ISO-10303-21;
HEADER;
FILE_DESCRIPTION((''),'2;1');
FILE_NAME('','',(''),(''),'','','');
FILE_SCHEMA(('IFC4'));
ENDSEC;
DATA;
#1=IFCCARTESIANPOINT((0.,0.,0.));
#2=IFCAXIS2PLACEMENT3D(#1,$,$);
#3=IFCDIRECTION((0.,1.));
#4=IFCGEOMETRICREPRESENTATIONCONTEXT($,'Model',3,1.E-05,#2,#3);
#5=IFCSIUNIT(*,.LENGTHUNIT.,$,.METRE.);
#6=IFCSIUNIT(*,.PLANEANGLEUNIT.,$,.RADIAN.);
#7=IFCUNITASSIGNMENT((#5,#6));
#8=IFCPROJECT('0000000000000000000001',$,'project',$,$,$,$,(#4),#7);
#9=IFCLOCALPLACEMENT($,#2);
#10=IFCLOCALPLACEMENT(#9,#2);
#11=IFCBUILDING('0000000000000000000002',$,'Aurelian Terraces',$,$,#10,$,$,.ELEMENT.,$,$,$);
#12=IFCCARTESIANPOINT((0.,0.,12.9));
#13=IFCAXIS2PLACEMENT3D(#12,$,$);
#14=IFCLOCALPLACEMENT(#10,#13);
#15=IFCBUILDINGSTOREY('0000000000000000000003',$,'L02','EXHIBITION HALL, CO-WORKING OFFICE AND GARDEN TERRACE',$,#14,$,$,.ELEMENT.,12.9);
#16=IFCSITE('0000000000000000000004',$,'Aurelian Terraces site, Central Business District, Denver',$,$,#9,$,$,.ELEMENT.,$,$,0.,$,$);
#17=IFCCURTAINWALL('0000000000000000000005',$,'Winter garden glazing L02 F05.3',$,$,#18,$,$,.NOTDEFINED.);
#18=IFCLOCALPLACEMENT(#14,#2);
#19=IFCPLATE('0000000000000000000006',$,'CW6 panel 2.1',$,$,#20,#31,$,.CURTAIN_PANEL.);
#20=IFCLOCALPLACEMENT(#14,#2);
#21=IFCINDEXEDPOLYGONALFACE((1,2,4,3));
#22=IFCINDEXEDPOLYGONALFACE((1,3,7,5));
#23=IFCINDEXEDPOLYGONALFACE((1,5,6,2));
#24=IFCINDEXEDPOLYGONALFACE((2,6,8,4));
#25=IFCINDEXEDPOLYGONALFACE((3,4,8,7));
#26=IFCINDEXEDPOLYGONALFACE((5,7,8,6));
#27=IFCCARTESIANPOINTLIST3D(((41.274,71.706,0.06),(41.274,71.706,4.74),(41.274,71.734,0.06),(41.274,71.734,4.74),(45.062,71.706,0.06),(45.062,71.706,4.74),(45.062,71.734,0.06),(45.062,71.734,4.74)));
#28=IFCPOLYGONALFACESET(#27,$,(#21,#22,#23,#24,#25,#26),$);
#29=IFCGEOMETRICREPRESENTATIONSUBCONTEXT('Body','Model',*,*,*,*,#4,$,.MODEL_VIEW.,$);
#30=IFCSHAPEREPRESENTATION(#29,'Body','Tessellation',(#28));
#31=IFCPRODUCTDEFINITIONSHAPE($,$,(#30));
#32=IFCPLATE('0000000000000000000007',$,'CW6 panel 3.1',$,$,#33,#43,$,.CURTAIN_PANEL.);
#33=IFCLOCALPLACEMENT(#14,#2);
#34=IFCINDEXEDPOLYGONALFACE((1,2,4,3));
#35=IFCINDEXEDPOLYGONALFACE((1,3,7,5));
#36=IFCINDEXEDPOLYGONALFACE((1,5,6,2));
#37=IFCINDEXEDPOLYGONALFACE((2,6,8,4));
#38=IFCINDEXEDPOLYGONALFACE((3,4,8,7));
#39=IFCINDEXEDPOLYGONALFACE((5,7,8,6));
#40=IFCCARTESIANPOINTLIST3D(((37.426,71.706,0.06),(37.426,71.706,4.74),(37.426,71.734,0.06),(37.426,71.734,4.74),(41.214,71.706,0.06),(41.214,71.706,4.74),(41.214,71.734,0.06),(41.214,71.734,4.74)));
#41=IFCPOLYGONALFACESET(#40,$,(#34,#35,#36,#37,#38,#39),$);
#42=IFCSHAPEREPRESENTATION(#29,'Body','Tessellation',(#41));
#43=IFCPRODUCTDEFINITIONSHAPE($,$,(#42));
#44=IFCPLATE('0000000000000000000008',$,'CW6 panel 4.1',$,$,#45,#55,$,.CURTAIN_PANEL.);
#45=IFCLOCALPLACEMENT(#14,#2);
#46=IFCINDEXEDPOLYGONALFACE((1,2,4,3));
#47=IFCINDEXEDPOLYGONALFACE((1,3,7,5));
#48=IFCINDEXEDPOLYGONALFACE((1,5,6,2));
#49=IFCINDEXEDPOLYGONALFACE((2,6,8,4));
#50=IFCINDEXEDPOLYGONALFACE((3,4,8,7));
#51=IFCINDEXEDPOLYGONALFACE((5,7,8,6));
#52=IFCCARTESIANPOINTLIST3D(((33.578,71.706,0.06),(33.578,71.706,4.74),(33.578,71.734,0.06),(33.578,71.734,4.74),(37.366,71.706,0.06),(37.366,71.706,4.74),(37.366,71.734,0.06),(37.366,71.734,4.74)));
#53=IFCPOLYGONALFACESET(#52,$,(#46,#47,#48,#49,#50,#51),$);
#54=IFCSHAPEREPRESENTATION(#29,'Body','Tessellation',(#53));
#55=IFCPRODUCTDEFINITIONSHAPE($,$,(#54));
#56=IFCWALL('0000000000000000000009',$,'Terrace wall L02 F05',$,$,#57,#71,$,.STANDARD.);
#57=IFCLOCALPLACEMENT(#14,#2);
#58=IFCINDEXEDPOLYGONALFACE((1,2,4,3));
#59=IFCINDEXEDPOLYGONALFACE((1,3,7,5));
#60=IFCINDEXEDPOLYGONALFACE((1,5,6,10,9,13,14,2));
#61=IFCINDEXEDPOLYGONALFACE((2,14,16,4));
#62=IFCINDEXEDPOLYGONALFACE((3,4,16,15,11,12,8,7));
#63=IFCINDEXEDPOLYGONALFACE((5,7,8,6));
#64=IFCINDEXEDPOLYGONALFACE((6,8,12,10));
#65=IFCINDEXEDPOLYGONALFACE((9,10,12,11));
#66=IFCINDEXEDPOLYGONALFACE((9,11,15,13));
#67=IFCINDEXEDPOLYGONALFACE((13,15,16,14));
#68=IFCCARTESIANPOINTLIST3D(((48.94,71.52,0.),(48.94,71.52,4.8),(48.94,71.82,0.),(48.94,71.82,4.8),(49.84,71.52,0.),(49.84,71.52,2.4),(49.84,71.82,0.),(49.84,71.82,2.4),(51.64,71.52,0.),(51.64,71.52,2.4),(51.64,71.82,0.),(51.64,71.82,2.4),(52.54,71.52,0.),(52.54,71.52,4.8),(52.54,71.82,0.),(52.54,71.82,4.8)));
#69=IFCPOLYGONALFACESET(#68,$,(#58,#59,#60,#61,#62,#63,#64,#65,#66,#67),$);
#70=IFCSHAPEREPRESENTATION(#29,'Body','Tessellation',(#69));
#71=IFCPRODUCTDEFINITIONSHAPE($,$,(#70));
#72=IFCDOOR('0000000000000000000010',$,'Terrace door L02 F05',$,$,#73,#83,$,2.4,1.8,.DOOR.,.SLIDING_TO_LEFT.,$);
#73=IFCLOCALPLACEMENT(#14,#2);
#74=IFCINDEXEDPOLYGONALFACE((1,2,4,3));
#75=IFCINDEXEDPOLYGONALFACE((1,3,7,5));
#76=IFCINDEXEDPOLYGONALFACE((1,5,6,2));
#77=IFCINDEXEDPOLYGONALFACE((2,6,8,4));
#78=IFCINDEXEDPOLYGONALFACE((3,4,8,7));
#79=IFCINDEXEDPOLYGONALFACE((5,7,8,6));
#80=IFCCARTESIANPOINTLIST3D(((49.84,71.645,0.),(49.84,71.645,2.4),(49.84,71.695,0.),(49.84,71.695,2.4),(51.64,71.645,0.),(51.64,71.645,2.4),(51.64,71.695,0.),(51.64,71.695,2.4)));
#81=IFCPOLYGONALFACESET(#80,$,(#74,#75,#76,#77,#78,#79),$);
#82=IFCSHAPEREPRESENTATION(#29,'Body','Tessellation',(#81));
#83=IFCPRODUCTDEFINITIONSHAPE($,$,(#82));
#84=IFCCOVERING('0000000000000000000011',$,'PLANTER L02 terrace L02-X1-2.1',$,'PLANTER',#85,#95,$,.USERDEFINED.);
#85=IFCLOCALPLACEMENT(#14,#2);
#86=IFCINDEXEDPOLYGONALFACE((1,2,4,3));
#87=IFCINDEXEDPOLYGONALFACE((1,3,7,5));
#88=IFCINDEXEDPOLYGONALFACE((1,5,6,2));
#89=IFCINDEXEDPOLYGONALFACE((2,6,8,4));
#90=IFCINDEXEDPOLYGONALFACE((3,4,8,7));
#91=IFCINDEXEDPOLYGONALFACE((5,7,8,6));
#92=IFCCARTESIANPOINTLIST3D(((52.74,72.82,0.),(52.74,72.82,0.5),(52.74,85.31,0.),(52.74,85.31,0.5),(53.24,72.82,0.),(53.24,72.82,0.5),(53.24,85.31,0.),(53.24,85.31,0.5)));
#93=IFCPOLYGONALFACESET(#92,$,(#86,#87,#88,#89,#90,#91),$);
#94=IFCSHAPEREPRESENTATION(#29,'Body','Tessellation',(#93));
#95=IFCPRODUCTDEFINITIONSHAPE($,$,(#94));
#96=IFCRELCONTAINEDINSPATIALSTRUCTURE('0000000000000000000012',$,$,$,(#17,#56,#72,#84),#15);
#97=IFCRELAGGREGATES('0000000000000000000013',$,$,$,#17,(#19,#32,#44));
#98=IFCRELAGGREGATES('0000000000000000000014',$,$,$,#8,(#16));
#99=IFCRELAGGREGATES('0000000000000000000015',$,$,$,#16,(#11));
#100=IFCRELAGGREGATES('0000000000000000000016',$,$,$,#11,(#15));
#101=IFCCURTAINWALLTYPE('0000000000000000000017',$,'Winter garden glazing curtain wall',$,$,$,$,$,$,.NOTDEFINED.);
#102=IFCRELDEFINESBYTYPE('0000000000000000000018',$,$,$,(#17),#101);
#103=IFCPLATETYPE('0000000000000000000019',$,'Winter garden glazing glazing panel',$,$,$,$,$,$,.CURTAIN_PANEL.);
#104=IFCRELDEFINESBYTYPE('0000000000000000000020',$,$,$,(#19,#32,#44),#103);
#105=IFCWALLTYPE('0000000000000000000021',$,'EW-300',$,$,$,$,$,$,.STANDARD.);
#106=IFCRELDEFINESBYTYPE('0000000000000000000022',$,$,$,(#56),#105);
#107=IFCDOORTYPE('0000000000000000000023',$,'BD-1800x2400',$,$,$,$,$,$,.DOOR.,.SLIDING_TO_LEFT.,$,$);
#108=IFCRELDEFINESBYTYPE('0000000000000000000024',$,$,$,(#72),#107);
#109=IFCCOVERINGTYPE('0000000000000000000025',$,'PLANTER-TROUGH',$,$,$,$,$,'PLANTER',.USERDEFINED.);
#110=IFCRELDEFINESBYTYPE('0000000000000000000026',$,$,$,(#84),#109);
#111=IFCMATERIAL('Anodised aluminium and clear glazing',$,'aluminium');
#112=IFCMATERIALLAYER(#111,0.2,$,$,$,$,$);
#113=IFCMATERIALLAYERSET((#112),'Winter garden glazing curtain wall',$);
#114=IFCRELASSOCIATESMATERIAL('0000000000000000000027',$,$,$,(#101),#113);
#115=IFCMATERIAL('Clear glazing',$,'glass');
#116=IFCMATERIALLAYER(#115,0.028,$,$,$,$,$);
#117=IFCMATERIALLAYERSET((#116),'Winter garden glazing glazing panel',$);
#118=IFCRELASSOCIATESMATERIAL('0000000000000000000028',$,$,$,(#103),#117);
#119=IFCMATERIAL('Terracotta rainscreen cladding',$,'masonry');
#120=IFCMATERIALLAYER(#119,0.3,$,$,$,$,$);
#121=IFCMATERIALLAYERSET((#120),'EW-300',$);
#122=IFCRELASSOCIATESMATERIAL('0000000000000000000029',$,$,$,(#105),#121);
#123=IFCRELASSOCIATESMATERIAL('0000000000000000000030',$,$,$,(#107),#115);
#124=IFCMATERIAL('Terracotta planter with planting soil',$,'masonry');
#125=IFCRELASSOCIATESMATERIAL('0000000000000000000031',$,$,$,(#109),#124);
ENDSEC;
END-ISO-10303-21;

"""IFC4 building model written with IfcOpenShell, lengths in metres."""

from ifc_helpers import new_model, si_unit, direction, frame, frame_2d, origin, origin_2d, place, context, subcontext, project, spatial, rectangle, extrude, source, transform, mapped, material, layer, layer_set, type_object, element, fill, aggregate, save


model = new_model("IFC4")

# Units and contexts
model_context = context("Model", 3, precision=1e-05, world=origin(), true_north=direction((0.0, 1.0)))
body_context = subcontext(model_context, "Body", "Model", "MODEL_VIEW")
ifc_project = project(units=[si_unit("LENGTHUNIT", "METRE"), si_unit("PLANEANGLEUNIT", "RADIAN")], contexts=[model_context])

# Site, building, storey
site_placement = place(None, origin())
site = spatial("IfcSite", under=ifc_project, at=site_placement, Name="Aurelian Terraces site, Central Business District, Denver", CompositionType="ELEMENT", RefElevation=0.0)
building_placement = place(site_placement, origin())
building = spatial("IfcBuilding", under=site, at=building_placement, Name="Aurelian Terraces", CompositionType="ELEMENT")
storey_placement = place(building_placement, frame((0.0, 0.0, 12.9)))
storey = spatial("IfcBuildingStorey", under=building, at=storey_placement, Name="L02", Description="EXHIBITION HALL, CO-WORKING OFFICE AND GARDEN TERRACE", CompositionType="ELEMENT", Elevation=12.9)

# Curtain wall
ifc_material_1 = material(Name="Anodised aluminium and clear glazing", Category="aluminium")
ifc_layer_1 = layer(ifc_material_1, 0.2)
ifc_layer_set_1 = layer_set([ifc_layer_1], Name="Winter garden glazing curtain wall")
curtain_wall_type = type_object("IfcCurtainWallType", Name="Winter garden glazing curtain wall", PredefinedType="NOTDEFINED", material=ifc_layer_set_1)
curtain_wall_1_placement = place(storey_placement, origin())
curtain_wall_1 = element("IfcCurtainWall", 1, at=curtain_wall_1_placement, inside=storey, type_object=curtain_wall_type, Name="Winter garden glazing L02 F05.3", PredefinedType="NOTDEFINED")

# Plates
ifc_material_2 = material(Name="Clear glazing", Category="glass")
ifc_layer_2 = layer(ifc_material_2, 0.028)
ifc_layer_set_2 = layer_set([ifc_layer_2], Name="Winter garden glazing glazing panel")
plate_type = type_object("IfcPlateType", Name="Winter garden glazing glazing panel", PredefinedType="CURTAIN_PANEL", material=ifc_layer_set_2)
plate_1_placement = place(storey_placement, frame((43.168, 71.72, 0.06), z_axis=(0.0, 0.0, 1.0), x_axis=(-1.0, 0.0, 0.0)))
plate_1 = element("IfcPlate", 2, at=plate_1_placement, type_object=plate_type, Name="CW6 panel 2.1", PredefinedType="CURTAIN_PANEL", context=body_context, shape_type="SweptSolid", body=[
    extrude(rectangle(XDim=3.788, YDim=0.028, at=origin_2d()), origin(), (0.0, 0.0, 1.0), 4.68),
])
shared_shape_1 = source(origin(), body_context, "Body", "SweptSolid", [
    extrude(rectangle(XDim=3.788, YDim=0.028, at=origin_2d()), origin(), (0.0, 0.0, 1.0), 4.68),
])
plate_2_placement = place(storey_placement, frame((39.32, 71.72, 0.06), z_axis=(0.0, 0.0, 1.0), x_axis=(-1.0, 0.0, 0.0)))
plate_2 = element("IfcPlate", 3, at=plate_2_placement, type_object=plate_type, Name="CW6 panel 3.1", PredefinedType="CURTAIN_PANEL", context=body_context, shape_type="MappedRepresentation", body=[
    mapped(shared_shape_1, transform((0.0, 0.0, 0.0), scale=1.0)),
])
plate_3_placement = place(storey_placement, frame((35.472, 71.72, 0.06), z_axis=(0.0, 0.0, 1.0), x_axis=(-1.0, 0.0, 0.0)))
plate_3 = element("IfcPlate", 4, at=plate_3_placement, type_object=plate_type, Name="CW6 panel 4.1", PredefinedType="CURTAIN_PANEL", context=body_context, shape_type="MappedRepresentation", body=[
    mapped(shared_shape_1, transform((0.0, 0.0, 0.0), scale=1.0)),
])
aggregate(curtain_wall_1, [plate_1, plate_2, plate_3])

# Wall, opening, door
ifc_material_3 = material(Name="Terracotta rainscreen cladding", Category="masonry")
ifc_layer_3 = layer(ifc_material_3, 0.3)
ifc_layer_set_3 = layer_set([ifc_layer_3], Name="EW-300")
wall_type = type_object("IfcWallType", Name="EW-300", PredefinedType="STANDARD", material=ifc_layer_set_3)
wall_placement = place(storey_placement, frame((52.54, 71.67, 0.0), z_axis=(0.0, 0.0, 1.0), x_axis=(-1.0, 0.0, 0.0)))
wall = element("IfcWall", 5, at=wall_placement, inside=storey, type_object=wall_type, Name="Terrace wall L02 F05", PredefinedType="STANDARD", context=body_context, shape_type="SweptSolid", body=[
    extrude(rectangle(XDim=3.6, YDim=0.3, at=frame_2d((1.8, 0.0))), origin(), (0.0, 0.0, 1.0), 4.8),
])
shared_shape_2 = source(origin(), body_context, "Body", "SweptSolid", [
    extrude(rectangle(XDim=1.8, YDim=2.4, at=frame_2d((0.9, 1.2))), frame((0.0, 0.16, 0.0), z_axis=(0.0, -1.0, 0.0), x_axis=(1.0, 0.0, 0.0)), (0.0, 0.0, 1.0), 0.32),
])
opening_placement = place(wall_placement, frame((0.9, 0.0, 0.0)))
opening = element("IfcOpeningElement", 6, at=opening_placement, cuts=wall, PredefinedType="OPENING", context=body_context, shape_type="MappedRepresentation", body=[
    mapped(shared_shape_2, transform((0.0, 0.0, 0.0), scale=1.0)),
])
door_type = type_object("IfcDoorType", Name="BD-1800x2400", OperationType="SLIDING_TO_LEFT", PredefinedType="DOOR", material=ifc_material_2)
shared_shape_3 = source(origin(), body_context, "Body", "SweptSolid", [
    extrude(rectangle(XDim=1.8, YDim=2.4, at=frame_2d((0.9, 1.2))), frame((0.0, 0.025, 0.0), z_axis=(0.0, -1.0, 0.0), x_axis=(1.0, 0.0, 0.0)), (0.0, 0.0, 1.0), 0.05),
])
door_placement = place(opening_placement, origin())
door = element("IfcDoor", 7, at=door_placement, inside=storey, type_object=door_type, Name="Terrace door L02 F05", OperationType="SLIDING_TO_LEFT", OverallHeight=2.4, OverallWidth=1.8, PredefinedType="DOOR", context=body_context, shape_type="MappedRepresentation", body=[
    mapped(shared_shape_3, transform((0.0, 0.0, 0.0), scale=1.0)),
])
fill(opening, door)

# Covering
ifc_material_4 = material(Name="Terracotta planter with planting soil", Category="masonry")
covering_type = type_object("IfcCoveringType", Name="PLANTER-TROUGH", ElementType="PLANTER", PredefinedType="USERDEFINED", material=ifc_material_4)
shared_shape_4 = source(origin(), body_context, "Body", "SweptSolid", [
    extrude(rectangle(XDim=0.5, YDim=12.49, at=origin_2d()), origin(), (0.0, 0.0, 1.0), 0.5),
])
covering_placement = place(storey_placement, frame((52.99, 79.065, 0.0), z_axis=(0.0, 0.0, 1.0), x_axis=(1.0, 0.0, 0.0)))
element("IfcCovering", 8, at=covering_placement, inside=storey, type_object=covering_type, Name="PLANTER L02 terrace L02-X1-2.1", ObjectType="PLANTER", PredefinedType="USERDEFINED", context=body_context, shape_type="MappedRepresentation", body=[
    mapped(shared_shape_4, transform((0.0, 0.0, 0.0), scale=1.0)),
])

save(model, "model.ifc")
